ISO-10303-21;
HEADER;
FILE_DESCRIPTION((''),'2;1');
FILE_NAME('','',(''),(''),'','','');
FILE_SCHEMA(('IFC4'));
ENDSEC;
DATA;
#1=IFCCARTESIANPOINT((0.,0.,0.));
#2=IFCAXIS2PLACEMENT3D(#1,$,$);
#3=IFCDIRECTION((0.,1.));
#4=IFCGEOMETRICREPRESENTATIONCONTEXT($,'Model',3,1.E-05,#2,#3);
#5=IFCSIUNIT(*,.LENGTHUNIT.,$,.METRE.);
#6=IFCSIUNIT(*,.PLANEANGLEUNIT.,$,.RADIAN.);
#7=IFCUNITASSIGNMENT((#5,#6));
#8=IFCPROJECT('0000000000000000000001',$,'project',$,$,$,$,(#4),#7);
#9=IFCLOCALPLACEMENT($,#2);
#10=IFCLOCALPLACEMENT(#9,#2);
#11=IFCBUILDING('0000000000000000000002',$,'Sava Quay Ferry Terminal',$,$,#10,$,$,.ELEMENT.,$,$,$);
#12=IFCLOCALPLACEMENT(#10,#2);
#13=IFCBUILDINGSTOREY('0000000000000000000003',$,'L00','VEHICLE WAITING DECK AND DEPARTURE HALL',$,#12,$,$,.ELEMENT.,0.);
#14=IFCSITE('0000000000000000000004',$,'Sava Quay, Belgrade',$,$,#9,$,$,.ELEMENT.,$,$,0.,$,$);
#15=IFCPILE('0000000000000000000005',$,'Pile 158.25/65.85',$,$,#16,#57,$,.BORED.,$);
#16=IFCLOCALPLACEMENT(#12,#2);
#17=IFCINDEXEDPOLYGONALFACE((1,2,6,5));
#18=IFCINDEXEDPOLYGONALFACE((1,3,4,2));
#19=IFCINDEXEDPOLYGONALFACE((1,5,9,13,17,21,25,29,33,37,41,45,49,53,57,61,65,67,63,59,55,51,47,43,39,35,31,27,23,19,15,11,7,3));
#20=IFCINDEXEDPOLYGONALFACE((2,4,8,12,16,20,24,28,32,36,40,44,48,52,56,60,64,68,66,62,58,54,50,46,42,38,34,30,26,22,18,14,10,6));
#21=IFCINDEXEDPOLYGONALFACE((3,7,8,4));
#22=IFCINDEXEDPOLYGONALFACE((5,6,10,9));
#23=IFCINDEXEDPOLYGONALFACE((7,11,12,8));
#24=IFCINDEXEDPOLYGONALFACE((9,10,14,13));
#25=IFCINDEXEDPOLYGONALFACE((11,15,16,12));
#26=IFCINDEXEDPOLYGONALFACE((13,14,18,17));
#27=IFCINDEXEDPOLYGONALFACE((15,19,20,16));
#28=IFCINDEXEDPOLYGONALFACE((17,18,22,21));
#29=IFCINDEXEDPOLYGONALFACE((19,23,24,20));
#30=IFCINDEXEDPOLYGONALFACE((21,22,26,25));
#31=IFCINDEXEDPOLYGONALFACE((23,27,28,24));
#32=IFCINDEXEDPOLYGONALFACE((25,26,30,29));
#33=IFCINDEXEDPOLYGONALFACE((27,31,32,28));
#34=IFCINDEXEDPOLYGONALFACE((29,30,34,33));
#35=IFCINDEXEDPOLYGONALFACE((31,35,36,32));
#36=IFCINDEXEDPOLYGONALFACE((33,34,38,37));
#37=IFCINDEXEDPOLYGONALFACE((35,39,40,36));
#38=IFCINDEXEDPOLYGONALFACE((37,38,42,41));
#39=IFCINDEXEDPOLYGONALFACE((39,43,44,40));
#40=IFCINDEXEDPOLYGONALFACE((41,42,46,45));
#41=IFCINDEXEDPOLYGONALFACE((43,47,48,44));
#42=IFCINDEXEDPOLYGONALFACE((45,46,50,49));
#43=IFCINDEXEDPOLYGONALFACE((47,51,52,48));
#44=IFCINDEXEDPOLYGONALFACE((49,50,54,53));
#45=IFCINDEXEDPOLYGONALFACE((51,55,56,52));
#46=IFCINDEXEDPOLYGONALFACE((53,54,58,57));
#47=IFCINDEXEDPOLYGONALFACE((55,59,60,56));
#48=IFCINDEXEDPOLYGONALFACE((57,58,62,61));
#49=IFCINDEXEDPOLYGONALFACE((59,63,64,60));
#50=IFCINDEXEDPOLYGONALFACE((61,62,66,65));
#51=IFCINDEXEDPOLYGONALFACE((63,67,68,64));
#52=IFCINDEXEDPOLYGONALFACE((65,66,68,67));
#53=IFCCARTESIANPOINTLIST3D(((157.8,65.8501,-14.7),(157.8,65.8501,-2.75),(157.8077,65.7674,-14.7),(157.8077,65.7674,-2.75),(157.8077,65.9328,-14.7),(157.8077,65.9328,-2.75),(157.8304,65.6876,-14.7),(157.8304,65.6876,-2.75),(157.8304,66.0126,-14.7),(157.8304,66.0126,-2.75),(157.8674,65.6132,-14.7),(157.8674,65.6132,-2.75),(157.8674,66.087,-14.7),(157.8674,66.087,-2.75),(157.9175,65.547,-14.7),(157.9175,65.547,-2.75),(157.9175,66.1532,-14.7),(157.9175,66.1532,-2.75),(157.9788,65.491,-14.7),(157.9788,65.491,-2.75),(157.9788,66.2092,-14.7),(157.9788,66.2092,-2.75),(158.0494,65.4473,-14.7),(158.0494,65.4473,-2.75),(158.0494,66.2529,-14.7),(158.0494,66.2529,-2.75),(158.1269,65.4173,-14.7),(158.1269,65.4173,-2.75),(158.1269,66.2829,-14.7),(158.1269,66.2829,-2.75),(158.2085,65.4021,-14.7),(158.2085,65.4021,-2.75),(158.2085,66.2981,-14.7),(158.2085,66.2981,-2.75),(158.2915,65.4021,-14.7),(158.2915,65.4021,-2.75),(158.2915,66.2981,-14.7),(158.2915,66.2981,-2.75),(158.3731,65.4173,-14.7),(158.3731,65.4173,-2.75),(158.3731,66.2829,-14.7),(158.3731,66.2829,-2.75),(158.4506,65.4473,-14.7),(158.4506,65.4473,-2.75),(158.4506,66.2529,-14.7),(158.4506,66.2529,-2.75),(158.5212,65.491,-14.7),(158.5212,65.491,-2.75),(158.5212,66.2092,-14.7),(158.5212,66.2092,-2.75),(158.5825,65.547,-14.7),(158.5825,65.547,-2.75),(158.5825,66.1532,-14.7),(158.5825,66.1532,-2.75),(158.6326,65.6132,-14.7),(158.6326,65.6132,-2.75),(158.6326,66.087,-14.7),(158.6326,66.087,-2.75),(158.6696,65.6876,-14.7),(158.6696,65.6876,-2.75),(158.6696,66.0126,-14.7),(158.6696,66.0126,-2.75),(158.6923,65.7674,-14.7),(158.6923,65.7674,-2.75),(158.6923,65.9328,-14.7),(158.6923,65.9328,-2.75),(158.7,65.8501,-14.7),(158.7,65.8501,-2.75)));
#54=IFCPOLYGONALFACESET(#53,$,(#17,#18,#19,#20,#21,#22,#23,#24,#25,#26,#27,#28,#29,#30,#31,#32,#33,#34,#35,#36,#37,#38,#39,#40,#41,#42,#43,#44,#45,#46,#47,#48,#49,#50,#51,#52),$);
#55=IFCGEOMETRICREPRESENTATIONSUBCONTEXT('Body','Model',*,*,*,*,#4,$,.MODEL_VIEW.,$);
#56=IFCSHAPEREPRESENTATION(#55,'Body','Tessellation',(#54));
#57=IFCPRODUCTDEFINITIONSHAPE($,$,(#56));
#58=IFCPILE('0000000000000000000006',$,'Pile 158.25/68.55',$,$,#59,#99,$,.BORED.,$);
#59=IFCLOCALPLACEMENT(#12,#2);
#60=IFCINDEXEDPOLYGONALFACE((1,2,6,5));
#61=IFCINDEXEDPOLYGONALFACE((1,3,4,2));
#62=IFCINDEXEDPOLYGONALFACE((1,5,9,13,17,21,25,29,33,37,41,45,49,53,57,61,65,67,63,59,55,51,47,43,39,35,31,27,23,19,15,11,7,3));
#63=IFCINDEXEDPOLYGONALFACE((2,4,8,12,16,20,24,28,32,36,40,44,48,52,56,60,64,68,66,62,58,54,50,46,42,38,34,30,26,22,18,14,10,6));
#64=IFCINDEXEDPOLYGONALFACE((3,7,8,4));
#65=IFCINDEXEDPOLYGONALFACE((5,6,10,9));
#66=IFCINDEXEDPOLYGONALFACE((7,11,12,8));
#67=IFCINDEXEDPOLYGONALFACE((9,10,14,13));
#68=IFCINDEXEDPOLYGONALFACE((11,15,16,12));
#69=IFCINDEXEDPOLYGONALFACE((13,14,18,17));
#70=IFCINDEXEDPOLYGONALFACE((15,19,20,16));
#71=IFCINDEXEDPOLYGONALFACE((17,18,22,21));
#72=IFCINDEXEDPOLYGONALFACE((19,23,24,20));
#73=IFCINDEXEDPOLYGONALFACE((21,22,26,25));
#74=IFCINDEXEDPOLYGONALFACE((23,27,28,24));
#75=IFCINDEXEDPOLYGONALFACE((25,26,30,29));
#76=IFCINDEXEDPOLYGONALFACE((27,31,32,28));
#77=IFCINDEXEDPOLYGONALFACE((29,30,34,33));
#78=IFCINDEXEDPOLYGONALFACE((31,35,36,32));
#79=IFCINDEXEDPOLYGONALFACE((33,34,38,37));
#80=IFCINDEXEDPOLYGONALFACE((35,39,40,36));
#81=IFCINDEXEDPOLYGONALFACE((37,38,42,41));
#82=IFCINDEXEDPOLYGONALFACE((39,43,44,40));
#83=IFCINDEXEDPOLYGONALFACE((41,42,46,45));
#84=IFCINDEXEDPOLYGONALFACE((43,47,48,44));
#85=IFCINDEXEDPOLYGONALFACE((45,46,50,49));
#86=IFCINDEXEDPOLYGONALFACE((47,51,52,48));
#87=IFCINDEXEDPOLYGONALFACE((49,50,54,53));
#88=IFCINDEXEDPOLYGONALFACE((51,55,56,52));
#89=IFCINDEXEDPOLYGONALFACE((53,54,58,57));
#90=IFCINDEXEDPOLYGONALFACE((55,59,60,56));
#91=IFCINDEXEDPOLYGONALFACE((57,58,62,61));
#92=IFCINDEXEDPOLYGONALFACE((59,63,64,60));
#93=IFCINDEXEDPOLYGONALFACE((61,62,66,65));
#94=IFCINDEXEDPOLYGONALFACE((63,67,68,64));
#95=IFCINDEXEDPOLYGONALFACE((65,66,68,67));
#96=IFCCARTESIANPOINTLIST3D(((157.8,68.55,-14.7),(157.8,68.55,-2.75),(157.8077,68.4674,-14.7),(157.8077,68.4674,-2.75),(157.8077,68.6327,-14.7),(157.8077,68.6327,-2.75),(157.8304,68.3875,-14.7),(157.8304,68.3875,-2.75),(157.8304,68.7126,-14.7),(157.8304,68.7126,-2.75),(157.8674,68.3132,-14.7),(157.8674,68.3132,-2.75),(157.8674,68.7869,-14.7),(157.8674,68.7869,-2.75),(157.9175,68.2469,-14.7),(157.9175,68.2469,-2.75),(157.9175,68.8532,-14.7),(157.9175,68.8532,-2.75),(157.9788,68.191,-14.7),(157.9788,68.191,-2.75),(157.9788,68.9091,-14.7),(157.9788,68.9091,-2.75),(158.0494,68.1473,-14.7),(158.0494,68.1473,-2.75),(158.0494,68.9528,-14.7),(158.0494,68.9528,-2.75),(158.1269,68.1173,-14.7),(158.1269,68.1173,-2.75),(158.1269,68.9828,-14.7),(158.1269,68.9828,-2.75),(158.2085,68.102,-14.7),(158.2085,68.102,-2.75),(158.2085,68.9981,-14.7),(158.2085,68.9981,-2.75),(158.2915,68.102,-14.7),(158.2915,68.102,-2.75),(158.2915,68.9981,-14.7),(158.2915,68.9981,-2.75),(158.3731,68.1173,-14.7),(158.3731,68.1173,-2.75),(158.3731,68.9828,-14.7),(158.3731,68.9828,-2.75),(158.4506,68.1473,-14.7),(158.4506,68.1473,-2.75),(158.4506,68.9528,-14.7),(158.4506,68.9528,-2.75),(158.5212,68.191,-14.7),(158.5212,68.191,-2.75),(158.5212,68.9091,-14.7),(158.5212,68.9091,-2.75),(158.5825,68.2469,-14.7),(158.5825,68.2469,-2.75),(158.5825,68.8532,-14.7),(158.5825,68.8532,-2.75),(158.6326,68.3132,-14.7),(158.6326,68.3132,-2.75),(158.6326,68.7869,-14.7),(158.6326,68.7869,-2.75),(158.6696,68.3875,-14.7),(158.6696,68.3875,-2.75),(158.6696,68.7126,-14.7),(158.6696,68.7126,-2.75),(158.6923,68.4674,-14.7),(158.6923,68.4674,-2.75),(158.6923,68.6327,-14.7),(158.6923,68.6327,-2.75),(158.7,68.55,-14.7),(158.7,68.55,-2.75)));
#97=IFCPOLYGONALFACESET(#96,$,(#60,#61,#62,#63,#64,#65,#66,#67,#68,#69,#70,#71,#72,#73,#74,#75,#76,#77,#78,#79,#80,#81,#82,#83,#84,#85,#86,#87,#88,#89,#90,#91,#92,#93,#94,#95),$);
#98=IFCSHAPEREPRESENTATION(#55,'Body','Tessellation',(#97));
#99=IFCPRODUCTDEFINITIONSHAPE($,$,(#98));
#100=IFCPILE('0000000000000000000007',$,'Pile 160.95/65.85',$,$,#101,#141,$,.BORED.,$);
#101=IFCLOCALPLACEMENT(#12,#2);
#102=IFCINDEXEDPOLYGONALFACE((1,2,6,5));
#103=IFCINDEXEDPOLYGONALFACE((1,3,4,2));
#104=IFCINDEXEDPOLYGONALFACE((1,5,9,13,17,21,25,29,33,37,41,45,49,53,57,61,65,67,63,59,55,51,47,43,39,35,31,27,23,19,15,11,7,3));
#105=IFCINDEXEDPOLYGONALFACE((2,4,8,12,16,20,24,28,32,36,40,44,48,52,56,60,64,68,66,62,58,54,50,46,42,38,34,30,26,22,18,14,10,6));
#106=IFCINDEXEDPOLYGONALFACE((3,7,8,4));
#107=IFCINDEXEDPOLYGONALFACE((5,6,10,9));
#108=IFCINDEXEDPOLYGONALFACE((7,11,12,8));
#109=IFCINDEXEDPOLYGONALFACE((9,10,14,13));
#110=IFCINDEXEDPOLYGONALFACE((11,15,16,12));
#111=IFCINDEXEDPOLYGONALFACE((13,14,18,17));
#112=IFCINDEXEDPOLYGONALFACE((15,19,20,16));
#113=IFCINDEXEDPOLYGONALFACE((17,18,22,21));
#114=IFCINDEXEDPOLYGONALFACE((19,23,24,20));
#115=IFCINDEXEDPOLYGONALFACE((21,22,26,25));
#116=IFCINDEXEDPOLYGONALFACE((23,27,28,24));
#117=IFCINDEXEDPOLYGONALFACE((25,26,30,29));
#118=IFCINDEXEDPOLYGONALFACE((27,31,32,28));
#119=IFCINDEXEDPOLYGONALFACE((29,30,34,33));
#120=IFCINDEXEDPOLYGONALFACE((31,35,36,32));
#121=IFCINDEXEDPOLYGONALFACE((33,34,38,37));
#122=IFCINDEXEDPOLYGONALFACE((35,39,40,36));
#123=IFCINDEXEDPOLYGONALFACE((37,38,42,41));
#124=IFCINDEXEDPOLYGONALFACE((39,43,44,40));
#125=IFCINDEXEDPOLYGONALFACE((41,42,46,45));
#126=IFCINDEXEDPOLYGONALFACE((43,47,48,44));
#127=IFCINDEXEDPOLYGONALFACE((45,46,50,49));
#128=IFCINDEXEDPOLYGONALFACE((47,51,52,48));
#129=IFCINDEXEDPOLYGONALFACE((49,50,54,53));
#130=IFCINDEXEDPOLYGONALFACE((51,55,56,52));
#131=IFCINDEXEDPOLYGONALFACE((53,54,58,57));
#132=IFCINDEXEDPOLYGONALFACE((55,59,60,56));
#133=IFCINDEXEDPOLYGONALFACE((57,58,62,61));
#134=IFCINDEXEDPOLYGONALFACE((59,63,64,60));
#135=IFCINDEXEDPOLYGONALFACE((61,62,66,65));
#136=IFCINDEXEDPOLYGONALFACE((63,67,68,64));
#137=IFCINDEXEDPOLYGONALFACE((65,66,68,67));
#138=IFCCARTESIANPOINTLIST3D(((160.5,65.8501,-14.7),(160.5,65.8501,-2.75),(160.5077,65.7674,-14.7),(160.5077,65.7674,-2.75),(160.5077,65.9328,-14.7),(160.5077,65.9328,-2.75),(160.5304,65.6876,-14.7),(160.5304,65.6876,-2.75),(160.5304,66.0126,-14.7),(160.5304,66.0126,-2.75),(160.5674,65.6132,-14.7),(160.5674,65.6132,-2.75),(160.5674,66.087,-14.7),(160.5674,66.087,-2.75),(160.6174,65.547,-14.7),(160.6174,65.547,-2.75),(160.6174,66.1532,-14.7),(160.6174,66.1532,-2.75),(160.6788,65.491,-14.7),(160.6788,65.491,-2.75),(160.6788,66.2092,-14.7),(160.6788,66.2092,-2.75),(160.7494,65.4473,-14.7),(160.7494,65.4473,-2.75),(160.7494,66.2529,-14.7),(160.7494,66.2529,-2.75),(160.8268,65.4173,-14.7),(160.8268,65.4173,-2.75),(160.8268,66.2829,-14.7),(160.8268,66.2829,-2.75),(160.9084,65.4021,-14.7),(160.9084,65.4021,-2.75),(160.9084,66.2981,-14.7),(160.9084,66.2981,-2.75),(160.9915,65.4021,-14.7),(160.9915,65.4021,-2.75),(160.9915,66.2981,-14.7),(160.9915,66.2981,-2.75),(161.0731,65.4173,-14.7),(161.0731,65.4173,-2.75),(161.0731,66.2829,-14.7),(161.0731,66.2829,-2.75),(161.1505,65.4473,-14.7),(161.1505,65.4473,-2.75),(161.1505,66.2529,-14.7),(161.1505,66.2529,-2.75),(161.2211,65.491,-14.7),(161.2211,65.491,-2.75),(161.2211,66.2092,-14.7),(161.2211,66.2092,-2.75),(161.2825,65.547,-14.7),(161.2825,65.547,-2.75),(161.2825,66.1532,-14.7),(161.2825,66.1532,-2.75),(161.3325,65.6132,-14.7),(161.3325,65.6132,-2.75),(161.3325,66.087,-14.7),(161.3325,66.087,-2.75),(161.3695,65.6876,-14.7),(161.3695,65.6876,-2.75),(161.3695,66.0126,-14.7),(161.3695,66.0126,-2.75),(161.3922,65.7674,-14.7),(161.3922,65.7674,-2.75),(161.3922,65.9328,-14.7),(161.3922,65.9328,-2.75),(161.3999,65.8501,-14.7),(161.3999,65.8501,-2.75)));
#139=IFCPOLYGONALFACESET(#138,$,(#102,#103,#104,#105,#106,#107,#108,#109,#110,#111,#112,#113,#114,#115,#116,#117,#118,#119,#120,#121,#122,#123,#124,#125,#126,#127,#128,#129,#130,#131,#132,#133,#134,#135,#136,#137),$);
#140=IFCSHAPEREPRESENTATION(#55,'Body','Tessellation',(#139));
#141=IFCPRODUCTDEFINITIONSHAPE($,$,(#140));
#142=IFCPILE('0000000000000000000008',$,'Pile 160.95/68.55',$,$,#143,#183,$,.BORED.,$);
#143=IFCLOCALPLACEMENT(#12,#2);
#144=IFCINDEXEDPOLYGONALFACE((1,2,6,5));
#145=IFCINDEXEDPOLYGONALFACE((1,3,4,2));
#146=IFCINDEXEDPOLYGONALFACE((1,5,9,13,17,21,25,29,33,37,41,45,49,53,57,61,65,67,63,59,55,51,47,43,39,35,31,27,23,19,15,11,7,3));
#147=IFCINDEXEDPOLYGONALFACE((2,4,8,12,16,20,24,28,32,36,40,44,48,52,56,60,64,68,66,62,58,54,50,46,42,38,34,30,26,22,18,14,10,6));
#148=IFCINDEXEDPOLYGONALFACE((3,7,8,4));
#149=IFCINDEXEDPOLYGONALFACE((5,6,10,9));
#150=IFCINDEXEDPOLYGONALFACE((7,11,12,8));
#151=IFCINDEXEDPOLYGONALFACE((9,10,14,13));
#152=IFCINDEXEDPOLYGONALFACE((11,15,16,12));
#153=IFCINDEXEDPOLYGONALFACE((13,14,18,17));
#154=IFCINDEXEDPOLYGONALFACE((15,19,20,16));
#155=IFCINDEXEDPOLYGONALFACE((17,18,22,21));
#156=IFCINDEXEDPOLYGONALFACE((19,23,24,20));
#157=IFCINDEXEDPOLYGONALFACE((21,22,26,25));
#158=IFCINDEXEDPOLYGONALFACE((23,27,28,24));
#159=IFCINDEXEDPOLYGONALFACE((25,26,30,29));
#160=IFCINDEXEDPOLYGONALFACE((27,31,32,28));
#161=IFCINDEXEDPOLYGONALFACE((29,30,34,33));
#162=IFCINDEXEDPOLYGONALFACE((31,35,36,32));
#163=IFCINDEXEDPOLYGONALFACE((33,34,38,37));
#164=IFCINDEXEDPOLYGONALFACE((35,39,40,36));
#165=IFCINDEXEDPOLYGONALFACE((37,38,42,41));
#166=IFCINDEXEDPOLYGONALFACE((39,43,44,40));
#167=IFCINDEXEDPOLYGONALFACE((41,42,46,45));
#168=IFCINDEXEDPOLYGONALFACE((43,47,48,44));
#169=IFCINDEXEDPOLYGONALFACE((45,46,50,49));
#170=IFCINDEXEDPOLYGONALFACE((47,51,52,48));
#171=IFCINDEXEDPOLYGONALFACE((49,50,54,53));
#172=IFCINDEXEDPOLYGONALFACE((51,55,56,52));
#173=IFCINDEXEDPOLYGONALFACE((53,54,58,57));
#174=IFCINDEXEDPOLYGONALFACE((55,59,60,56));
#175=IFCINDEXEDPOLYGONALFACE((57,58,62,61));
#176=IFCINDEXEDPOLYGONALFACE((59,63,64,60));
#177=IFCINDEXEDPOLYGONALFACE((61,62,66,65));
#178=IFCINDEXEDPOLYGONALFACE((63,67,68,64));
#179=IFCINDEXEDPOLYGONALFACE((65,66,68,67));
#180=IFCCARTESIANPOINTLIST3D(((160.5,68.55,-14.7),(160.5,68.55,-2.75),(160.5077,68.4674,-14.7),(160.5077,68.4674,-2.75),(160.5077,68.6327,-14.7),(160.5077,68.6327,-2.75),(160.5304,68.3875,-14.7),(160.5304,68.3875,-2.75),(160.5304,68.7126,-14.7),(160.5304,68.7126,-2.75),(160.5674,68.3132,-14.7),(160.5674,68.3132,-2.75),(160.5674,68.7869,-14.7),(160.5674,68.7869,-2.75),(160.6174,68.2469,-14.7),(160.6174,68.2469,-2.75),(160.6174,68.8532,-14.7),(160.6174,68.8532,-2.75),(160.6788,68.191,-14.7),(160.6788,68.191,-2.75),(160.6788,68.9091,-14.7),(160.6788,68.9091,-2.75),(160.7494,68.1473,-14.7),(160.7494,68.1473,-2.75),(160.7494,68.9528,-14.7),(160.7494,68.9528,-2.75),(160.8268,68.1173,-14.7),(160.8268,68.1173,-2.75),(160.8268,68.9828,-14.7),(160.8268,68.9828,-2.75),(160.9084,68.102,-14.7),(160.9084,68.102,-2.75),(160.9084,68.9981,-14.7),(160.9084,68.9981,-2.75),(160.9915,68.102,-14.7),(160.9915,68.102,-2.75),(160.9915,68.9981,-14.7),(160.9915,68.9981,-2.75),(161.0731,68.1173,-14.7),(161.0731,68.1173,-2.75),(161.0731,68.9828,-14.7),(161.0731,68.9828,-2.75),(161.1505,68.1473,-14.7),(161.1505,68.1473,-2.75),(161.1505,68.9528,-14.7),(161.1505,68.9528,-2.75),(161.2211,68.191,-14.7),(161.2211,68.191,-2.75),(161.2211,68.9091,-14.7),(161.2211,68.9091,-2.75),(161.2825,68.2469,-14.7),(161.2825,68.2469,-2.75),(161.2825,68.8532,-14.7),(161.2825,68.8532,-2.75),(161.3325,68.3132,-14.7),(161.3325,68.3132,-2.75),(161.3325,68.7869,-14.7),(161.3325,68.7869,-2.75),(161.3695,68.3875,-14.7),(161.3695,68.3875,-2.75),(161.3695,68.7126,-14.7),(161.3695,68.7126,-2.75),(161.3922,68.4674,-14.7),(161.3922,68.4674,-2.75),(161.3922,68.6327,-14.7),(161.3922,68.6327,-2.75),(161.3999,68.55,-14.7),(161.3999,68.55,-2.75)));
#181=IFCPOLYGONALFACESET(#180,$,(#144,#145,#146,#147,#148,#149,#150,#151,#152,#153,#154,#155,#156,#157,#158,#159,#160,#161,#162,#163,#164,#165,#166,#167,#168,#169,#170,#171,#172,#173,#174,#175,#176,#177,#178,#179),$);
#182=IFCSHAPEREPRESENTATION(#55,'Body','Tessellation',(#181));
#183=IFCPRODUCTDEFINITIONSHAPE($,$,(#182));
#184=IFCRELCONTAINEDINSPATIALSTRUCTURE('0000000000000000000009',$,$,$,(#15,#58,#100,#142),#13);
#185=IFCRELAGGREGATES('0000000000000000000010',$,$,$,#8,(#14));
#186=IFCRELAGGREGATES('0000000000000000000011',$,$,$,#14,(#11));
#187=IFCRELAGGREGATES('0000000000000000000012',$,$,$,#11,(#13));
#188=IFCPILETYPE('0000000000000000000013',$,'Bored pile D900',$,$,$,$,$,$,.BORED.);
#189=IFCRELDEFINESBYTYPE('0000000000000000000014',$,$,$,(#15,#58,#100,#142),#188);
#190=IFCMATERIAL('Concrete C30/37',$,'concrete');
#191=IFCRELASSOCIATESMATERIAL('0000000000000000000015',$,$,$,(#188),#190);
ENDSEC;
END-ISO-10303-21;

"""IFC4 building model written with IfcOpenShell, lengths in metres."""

from ifc_helpers import new_model, si_unit, direction, frame, origin, origin_2d, place, context, subcontext, project, spatial, circle, extrude, material, material_profile, profile_set, type_object, element, save


model = new_model("IFC4")

# Units and contexts
model_context = context("Model", 3, precision=1e-05, world=origin(), true_north=direction((0.0, 1.0)))
body_context = subcontext(model_context, "Body", "Model", "MODEL_VIEW")
ifc_project = project(units=[si_unit("LENGTHUNIT", "METRE"), si_unit("PLANEANGLEUNIT", "RADIAN")], contexts=[model_context])

# Site, building, storey
site_placement = place(None, origin())
site = spatial("IfcSite", under=ifc_project, at=site_placement, Name="Sava Quay, Belgrade", CompositionType="ELEMENT", RefElevation=0.0)
building_placement = place(site_placement, origin())
building = spatial("IfcBuilding", under=site, at=building_placement, Name="Sava Quay Ferry Terminal", CompositionType="ELEMENT")
storey_placement = place(building_placement, origin())
storey = spatial("IfcBuildingStorey", under=building, at=storey_placement, Name="L00", Description="VEHICLE WAITING DECK AND DEPARTURE HALL", CompositionType="ELEMENT", Elevation=0.0)

# Piles
ifc_material_1 = material(Name="Concrete C30/37", Category="concrete")
ifc_material_profile_1 = material_profile(ifc_material_1, circle(Radius=0.45, at=origin_2d()), Name="Bored pile D900")
ifc_profile_set_1 = profile_set([ifc_material_profile_1], Name="Concrete C30/37")
pile_type = type_object("IfcPileType", Name="Bored pile D900", PredefinedType="BORED", material=ifc_profile_set_1)
for number, where, z_axis, x_axis, name in (
    (1, (158.25, 65.8501, -2.75), (0.0, 0.0, -1.0), (1.0, 0.0, 0.0), "Pile 158.25/65.85"),
    (2, (158.25, 68.55, -2.75), (0.0, 0.0, -1.0), (1.0, 0.0, 0.0), "Pile 158.25/68.55"),
    (3, (160.95, 65.8501, -2.75), (0.0, 0.0, -1.0), (1.0, 0.0, 0.0), "Pile 160.95/65.85"),
    (4, (160.95, 68.55, -2.75), (0.0, 0.0, -1.0), (1.0, 0.0, 0.0), "Pile 160.95/68.55"),
):
    element("IfcPile", number, at=place(storey_placement, frame(where, z_axis=z_axis, x_axis=x_axis)), inside=storey, type_object=pile_type, Name=name, PredefinedType="BORED", context=body_context, shape_type="SweptSolid", body=[
        extrude(circle(Radius=0.45, at=origin_2d()), origin(), (0.0, 0.0, 1.0), 11.95),
    ])

save(model, "model.ifc")
